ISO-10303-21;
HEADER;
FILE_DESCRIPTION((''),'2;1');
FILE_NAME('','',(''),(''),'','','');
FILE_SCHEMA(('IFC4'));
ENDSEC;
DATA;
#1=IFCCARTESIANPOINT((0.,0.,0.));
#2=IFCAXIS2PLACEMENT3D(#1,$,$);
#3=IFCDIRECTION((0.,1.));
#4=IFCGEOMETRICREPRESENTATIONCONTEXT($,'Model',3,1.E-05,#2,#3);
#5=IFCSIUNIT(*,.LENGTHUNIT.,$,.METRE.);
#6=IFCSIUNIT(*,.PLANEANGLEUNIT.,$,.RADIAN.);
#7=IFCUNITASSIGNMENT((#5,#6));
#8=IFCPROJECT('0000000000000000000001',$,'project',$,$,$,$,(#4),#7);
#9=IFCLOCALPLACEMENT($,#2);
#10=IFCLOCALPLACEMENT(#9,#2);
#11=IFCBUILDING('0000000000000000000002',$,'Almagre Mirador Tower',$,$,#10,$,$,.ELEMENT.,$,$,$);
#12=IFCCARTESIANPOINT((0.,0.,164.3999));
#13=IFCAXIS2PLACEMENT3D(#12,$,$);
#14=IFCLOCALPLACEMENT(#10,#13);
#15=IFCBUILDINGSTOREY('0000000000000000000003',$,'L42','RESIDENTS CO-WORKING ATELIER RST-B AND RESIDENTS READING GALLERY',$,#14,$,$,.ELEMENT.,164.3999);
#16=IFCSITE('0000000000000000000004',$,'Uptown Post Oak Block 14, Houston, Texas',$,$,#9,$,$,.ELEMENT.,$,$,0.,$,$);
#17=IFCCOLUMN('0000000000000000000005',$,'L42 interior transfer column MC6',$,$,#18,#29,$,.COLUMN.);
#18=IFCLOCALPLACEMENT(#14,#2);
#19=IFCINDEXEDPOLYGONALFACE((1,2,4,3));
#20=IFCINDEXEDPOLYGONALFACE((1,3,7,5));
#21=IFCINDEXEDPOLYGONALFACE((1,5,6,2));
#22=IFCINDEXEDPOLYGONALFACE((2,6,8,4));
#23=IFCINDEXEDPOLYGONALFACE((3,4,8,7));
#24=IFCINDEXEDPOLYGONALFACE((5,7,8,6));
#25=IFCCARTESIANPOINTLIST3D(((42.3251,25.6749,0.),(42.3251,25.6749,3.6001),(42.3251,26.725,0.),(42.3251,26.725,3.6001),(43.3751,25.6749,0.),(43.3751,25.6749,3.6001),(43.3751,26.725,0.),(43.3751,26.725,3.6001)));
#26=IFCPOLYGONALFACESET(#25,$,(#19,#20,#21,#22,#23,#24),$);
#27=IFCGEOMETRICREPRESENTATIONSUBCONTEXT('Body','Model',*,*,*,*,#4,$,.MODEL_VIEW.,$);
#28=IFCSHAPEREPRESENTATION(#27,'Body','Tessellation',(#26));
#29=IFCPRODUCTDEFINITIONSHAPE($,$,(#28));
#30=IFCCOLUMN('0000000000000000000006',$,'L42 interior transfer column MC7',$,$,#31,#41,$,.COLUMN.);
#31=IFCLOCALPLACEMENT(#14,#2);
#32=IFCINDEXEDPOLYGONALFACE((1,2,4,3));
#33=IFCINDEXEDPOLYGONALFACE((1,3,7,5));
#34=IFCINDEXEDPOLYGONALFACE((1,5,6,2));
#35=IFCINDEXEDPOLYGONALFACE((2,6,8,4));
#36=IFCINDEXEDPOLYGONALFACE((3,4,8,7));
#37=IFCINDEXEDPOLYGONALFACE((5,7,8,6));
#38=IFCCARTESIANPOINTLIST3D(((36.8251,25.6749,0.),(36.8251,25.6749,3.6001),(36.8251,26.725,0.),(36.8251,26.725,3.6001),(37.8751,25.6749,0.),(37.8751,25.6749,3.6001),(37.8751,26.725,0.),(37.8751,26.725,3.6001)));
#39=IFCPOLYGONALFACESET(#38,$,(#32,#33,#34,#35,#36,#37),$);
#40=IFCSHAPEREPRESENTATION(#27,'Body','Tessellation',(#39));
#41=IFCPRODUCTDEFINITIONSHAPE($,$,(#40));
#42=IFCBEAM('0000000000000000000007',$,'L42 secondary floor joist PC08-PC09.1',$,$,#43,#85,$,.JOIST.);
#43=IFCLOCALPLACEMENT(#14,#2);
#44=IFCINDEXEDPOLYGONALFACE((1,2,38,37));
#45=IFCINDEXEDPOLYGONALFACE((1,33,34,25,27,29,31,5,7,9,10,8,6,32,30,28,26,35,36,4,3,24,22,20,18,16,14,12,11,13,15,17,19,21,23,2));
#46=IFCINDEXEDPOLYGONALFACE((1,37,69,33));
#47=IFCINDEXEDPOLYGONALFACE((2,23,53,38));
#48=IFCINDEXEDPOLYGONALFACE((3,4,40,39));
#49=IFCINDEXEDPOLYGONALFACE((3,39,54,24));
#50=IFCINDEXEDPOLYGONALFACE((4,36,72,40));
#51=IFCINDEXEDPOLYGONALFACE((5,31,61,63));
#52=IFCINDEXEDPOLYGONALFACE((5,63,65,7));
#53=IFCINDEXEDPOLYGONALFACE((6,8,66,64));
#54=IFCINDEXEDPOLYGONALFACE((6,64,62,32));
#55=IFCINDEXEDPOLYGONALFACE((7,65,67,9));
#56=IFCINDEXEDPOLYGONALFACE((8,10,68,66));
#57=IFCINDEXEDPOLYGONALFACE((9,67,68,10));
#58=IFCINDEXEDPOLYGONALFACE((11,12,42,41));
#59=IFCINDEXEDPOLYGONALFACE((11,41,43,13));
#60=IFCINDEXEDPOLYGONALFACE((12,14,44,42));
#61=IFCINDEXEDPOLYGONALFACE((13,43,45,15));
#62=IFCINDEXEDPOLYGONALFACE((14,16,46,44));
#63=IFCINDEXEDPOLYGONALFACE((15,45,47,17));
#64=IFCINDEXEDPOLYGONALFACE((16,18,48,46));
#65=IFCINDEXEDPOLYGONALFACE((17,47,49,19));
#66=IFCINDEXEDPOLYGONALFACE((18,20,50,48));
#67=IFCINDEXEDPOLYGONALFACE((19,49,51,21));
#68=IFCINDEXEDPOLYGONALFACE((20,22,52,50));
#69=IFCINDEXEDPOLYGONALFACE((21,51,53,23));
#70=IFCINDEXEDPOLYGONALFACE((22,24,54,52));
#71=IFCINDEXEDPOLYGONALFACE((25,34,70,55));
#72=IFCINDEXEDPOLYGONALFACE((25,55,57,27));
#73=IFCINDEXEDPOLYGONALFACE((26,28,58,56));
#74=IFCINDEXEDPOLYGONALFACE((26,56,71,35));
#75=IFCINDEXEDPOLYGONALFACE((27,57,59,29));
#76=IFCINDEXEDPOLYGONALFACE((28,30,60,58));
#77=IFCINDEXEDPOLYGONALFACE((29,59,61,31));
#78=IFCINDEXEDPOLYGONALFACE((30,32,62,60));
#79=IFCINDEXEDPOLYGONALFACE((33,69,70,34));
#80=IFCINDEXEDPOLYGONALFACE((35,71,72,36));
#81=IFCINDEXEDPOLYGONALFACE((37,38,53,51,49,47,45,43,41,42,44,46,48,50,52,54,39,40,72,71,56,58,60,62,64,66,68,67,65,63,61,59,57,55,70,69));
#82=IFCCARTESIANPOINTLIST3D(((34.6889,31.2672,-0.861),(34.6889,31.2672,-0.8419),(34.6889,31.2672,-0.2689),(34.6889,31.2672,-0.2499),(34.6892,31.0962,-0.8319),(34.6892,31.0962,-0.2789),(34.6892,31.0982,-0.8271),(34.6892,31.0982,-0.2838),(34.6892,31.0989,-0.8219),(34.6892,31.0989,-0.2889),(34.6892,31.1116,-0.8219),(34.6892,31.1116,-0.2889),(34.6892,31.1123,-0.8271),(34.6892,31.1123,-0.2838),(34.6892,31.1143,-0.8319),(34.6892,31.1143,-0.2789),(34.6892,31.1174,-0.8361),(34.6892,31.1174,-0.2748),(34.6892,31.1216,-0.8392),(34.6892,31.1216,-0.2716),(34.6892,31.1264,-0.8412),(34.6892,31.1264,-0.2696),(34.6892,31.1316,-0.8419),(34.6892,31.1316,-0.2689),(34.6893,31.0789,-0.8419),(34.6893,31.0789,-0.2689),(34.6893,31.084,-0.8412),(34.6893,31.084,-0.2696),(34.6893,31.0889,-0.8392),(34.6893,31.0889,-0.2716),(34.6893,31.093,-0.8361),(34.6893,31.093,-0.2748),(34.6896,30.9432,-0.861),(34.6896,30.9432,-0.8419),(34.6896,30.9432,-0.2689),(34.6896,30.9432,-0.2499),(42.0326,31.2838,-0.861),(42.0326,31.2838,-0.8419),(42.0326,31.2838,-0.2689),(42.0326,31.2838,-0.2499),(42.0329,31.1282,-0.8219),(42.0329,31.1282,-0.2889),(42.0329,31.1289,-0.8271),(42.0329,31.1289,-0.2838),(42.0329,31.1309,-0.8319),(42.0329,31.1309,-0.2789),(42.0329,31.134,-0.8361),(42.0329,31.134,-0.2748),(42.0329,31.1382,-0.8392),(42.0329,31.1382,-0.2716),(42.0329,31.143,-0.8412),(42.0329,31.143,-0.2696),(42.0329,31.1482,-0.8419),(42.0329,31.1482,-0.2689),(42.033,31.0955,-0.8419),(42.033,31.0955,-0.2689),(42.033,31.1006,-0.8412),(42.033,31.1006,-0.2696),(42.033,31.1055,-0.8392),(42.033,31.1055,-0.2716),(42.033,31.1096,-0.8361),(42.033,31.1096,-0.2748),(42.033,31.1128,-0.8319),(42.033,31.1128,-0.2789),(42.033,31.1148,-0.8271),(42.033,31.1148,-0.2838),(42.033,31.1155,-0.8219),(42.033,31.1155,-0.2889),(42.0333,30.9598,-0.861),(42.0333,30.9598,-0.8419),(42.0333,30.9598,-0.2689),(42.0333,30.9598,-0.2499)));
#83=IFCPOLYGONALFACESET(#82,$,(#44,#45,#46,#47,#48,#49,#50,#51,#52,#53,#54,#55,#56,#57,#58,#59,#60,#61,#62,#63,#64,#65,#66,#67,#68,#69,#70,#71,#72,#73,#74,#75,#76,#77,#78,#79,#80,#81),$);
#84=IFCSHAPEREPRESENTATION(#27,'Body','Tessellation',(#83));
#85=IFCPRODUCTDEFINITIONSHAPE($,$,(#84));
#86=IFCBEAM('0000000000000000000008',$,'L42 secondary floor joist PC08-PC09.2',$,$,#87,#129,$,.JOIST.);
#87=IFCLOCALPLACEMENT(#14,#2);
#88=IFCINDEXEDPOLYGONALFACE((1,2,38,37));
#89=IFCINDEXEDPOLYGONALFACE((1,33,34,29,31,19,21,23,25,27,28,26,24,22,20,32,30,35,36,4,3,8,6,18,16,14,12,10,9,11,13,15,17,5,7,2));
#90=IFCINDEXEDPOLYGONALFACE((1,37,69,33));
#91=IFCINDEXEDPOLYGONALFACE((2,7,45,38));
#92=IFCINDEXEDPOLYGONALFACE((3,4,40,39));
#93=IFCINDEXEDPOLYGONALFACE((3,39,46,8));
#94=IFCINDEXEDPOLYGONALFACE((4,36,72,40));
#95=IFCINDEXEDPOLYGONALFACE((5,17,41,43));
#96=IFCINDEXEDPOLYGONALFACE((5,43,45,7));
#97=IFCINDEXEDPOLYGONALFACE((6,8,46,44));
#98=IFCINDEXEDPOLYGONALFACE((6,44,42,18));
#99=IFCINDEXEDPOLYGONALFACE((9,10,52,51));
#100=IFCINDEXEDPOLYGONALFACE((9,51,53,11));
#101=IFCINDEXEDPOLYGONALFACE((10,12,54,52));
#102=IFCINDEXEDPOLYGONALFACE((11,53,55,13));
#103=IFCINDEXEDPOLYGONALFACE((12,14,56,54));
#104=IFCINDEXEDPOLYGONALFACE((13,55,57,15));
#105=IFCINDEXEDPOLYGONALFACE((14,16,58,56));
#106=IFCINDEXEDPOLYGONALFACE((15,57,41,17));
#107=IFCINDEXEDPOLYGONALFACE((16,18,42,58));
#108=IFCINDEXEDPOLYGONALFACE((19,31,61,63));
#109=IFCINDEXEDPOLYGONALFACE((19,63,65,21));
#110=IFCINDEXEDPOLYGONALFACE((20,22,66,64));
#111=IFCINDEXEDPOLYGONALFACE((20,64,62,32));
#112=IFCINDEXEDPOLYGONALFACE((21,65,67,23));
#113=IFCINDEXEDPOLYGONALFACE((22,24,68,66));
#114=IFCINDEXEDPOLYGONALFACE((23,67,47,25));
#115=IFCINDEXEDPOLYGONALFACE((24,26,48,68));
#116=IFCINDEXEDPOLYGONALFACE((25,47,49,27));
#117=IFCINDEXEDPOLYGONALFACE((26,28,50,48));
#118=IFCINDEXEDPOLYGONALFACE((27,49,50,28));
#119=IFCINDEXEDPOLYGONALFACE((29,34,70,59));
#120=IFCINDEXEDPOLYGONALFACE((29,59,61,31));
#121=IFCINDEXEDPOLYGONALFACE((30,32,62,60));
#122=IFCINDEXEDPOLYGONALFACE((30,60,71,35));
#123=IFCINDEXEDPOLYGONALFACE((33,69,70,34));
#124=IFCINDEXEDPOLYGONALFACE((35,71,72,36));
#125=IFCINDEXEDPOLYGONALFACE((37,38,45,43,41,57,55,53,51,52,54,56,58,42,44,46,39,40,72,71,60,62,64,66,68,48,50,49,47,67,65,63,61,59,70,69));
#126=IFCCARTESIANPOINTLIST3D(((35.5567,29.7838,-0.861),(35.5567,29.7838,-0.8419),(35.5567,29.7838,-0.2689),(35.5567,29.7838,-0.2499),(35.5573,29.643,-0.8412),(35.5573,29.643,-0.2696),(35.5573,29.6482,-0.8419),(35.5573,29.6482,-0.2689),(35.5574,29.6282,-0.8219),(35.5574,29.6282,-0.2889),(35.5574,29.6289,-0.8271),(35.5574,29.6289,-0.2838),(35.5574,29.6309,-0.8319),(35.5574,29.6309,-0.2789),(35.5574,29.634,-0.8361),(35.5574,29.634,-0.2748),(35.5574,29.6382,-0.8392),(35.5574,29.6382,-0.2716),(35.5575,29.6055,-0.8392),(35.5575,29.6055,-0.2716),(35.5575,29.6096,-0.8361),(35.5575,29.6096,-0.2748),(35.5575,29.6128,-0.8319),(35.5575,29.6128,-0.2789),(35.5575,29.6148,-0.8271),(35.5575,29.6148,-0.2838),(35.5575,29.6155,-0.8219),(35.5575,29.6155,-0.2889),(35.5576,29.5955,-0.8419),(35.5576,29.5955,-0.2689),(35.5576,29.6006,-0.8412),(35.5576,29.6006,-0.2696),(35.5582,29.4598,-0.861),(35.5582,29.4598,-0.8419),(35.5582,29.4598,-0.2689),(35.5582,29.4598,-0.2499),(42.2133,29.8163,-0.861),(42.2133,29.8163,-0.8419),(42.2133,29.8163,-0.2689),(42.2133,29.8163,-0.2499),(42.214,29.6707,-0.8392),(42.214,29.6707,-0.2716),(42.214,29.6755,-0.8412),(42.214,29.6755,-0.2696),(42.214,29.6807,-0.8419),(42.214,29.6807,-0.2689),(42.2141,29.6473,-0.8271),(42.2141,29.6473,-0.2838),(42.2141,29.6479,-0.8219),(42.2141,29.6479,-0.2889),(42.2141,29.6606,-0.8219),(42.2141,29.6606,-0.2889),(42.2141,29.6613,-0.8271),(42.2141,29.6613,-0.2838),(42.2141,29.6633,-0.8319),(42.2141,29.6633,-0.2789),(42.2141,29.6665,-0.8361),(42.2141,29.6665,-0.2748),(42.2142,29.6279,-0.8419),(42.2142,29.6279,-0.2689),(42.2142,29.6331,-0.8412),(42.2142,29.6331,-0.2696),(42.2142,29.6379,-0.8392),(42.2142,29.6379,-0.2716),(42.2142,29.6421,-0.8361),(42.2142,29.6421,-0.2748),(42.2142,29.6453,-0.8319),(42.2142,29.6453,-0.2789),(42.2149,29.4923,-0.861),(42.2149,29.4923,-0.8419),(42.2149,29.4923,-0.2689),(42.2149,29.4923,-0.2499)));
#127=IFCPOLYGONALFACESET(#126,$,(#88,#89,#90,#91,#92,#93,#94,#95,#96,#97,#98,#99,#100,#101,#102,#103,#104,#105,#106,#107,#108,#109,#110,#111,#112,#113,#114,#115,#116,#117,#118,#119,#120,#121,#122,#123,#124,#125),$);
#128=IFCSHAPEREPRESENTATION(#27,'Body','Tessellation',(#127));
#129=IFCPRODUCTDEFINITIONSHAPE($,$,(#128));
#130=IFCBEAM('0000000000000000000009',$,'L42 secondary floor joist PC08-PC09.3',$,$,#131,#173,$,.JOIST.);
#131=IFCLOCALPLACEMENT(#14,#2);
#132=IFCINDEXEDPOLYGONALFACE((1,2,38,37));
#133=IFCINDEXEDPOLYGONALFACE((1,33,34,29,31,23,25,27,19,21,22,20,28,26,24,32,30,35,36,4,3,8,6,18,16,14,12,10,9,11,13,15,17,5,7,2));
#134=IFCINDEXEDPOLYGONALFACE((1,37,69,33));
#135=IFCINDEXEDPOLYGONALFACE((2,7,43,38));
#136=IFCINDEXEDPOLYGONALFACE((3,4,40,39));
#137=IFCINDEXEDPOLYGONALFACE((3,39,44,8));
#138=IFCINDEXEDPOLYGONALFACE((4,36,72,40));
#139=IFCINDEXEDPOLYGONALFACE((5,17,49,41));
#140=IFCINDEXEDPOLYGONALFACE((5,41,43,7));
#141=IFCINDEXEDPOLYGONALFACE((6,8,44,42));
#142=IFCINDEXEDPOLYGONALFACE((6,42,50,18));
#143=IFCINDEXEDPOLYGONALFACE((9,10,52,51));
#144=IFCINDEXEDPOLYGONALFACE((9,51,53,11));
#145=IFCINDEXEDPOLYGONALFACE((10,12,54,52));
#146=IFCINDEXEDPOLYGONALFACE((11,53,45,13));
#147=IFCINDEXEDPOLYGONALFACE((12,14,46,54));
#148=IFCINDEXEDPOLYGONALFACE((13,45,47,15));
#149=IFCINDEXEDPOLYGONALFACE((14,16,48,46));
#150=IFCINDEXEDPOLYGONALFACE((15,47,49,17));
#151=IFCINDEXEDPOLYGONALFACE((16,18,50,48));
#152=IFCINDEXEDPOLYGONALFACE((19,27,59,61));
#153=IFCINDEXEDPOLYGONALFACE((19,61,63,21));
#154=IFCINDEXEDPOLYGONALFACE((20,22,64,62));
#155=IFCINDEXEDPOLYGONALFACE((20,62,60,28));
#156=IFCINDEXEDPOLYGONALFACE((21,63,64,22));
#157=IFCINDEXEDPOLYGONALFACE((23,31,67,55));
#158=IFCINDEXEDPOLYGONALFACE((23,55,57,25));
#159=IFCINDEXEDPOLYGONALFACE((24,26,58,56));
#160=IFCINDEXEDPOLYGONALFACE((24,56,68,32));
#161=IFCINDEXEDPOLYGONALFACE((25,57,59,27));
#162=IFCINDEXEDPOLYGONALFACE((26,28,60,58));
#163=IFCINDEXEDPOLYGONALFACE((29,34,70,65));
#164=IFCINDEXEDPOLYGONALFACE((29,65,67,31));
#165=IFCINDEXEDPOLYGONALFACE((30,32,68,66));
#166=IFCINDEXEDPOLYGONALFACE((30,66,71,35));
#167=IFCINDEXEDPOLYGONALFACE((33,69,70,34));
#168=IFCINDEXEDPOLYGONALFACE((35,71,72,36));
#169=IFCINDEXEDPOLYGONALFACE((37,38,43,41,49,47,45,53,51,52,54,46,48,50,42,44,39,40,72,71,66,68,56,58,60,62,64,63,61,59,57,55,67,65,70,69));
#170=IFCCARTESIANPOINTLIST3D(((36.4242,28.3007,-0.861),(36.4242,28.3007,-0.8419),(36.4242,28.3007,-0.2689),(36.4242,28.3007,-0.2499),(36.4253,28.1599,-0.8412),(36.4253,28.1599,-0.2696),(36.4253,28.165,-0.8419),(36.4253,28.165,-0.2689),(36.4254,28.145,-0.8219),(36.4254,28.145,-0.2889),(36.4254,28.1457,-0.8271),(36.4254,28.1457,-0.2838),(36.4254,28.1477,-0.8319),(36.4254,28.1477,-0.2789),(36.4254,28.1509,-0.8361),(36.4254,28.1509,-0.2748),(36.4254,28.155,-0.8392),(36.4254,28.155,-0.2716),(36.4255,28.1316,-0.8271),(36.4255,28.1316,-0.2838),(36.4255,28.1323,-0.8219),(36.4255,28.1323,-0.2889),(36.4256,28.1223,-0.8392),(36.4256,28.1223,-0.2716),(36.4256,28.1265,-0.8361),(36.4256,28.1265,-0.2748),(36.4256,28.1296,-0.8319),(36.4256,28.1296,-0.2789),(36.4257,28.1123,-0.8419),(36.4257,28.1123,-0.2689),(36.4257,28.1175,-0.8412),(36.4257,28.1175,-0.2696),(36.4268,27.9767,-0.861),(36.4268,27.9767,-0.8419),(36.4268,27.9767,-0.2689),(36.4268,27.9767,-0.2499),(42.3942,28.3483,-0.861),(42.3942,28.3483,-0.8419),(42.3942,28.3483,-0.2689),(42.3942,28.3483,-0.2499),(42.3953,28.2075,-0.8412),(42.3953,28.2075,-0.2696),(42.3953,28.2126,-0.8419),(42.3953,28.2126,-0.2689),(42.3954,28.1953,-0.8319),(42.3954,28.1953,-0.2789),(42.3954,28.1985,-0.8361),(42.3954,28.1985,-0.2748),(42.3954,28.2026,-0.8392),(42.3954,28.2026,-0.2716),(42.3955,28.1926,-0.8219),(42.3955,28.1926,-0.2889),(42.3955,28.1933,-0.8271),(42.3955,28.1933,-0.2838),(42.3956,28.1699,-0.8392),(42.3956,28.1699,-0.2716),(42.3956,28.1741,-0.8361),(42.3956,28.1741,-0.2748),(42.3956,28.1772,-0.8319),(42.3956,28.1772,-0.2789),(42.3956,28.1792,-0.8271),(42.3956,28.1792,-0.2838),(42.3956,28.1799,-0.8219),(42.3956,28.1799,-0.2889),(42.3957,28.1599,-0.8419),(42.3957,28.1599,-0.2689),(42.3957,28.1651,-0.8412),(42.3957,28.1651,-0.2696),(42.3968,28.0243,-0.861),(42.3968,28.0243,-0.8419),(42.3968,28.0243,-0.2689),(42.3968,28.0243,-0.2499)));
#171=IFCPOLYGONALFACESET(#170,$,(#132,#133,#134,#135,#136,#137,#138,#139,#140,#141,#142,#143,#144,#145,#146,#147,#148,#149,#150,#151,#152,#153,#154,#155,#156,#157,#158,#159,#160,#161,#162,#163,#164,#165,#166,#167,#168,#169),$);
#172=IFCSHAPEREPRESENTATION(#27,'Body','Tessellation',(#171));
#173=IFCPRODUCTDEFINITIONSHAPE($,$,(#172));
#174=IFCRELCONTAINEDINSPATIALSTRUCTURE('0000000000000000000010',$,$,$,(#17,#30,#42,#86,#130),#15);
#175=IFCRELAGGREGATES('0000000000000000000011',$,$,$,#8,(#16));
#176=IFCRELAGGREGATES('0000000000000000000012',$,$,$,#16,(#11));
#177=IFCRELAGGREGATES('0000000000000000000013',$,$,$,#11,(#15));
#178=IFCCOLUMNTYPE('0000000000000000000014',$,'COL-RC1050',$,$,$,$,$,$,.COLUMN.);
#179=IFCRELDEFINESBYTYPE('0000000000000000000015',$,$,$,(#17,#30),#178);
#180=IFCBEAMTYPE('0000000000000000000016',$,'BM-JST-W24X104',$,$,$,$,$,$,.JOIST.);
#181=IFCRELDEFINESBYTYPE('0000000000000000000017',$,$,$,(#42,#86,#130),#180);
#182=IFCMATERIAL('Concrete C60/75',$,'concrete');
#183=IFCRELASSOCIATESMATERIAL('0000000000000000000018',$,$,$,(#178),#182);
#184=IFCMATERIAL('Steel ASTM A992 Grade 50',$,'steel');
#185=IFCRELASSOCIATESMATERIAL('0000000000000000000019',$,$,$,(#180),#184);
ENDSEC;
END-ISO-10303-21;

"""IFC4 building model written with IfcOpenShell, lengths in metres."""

from ifc_helpers import new_model, si_unit, direction, frame, origin, origin_2d, place, context, subcontext, project, spatial, rectangle, i_section, extrude, material, material_profile, profile_set, type_object, element, save


model = new_model("IFC4")

# Units and contexts
model_context = context("Model", 3, precision=1e-05, world=origin(), true_north=direction((0.0, 1.0)))
body_context = subcontext(model_context, "Body", "Model", "MODEL_VIEW")
ifc_project = project(units=[si_unit("LENGTHUNIT", "METRE"), si_unit("PLANEANGLEUNIT", "RADIAN")], contexts=[model_context])

# Site, building, storey
site_placement = place(None, origin())
site = spatial("IfcSite", under=ifc_project, at=site_placement, Name="Uptown Post Oak Block 14, Houston, Texas", CompositionType="ELEMENT", RefElevation=0.0)
building_placement = place(site_placement, origin())
building = spatial("IfcBuilding", under=site, at=building_placement, Name="Almagre Mirador Tower", CompositionType="ELEMENT")
storey_placement = place(building_placement, frame((0.0, 0.0, 164.3999)))
storey = spatial("IfcBuildingStorey", under=building, at=storey_placement, Name="L42", Description="RESIDENTS CO-WORKING ATELIER RST-B AND RESIDENTS READING GALLERY", CompositionType="ELEMENT", Elevation=164.3999)

# Columns
ifc_material_1 = material(Name="Concrete C60/75", Category="concrete")
ifc_material_profile_1 = material_profile(ifc_material_1, rectangle(XDim=1.05, YDim=1.05, at=origin_2d()), Name="RC1050X1050")
ifc_profile_set_1 = profile_set([ifc_material_profile_1], Name="Concrete C60/75")
column_type = type_object("IfcColumnType", Name="COL-RC1050", PredefinedType="COLUMN", material=ifc_profile_set_1)
for number, where, z_axis, x_axis, name in (
    (1, (42.8501, 26.2, 0.0), (0.0, 0.0, 1.0), (1.0, 0.0, 0.0), "L42 interior transfer column MC6"),
    (2, (37.3501, 26.2, 0.0), (0.0, 0.0, 1.0), (1.0, 0.0, 0.0), "L42 interior transfer column MC7"),
):
    element("IfcColumn", number, at=place(storey_placement, frame(where, z_axis=z_axis, x_axis=x_axis)), inside=storey, type_object=column_type, Name=name, PredefinedType="COLUMN", context=body_context, shape_type="SweptSolid", body=[
        extrude(rectangle(XDim=1.05, YDim=1.05, at=origin_2d()), origin(), (0.0, 0.0, 1.0), 3.6001),
    ])

# Beams
ifc_material_2 = material(Name="Steel ASTM A992 Grade 50", Category="steel")
ifc_material_profile_2 = material_profile(ifc_material_2, i_section(OverallWidth=0.324, OverallDepth=0.6111, WebThickness=0.0127, FlangeThickness=0.019, FilletRadius=0.02, at=origin_2d()), Name="W24X104")
ifc_profile_set_2 = profile_set([ifc_material_profile_2], Name="Steel ASTM A992 Grade 50")
beam_type_1 = type_object("IfcBeamType", Name="BM-JST-W24X104", PredefinedType="JOIST", material=ifc_profile_set_2)
beam_1_placement = place(storey_placement, frame((42.033, 31.1218, -0.5554), z_axis=(-0.999997, -0.002261, 0.0), x_axis=(0.002261, -0.999997, 0.0)))
element("IfcBeam", 3, at=beam_1_placement, inside=storey, type_object=beam_type_1, Name="L42 secondary floor joist PC08-PC09.1", PredefinedType="JOIST", context=body_context, shape_type="SweptSolid", body=[
    extrude(i_section(OverallWidth=0.324, OverallDepth=0.6111, WebThickness=0.0127, FlangeThickness=0.019, FilletRadius=0.02, at=origin_2d()), origin(), (0.0, 0.0, 1.0), 7.3438),
])
beam_2_placement = place(storey_placement, frame((42.2141, 29.6543, -0.5554), z_axis=(-0.999988, -0.004878, 0.0), x_axis=(0.004878, -0.999988, 0.0)))
element("IfcBeam", 4, at=beam_2_placement, inside=storey, type_object=beam_type_1, Name="L42 secondary floor joist PC08-PC09.2", PredefinedType="JOIST", context=body_context, shape_type="SweptSolid", body=[
    extrude(i_section(OverallWidth=0.324, OverallDepth=0.6111, WebThickness=0.0127, FlangeThickness=0.019, FilletRadius=0.02, at=origin_2d()), origin(), (0.0, 0.0, 1.0), 6.6567),
])
beam_3_placement = place(storey_placement, frame((42.3955, 28.1863, -0.5554), z_axis=(-0.999968, -0.007974, 0.0), x_axis=(0.007974, -0.999968, 0.0)))
element("IfcBeam", 5, at=beam_3_placement, inside=storey, type_object=beam_type_1, Name="L42 secondary floor joist PC08-PC09.3", PredefinedType="JOIST", context=body_context, shape_type="SweptSolid", body=[
    extrude(i_section(OverallWidth=0.324, OverallDepth=0.6111, WebThickness=0.0127, FlangeThickness=0.019, FilletRadius=0.02, at=origin_2d()), origin(), (0.0, 0.0, 1.0), 5.9702),
])

save(model, "model.ifc")
